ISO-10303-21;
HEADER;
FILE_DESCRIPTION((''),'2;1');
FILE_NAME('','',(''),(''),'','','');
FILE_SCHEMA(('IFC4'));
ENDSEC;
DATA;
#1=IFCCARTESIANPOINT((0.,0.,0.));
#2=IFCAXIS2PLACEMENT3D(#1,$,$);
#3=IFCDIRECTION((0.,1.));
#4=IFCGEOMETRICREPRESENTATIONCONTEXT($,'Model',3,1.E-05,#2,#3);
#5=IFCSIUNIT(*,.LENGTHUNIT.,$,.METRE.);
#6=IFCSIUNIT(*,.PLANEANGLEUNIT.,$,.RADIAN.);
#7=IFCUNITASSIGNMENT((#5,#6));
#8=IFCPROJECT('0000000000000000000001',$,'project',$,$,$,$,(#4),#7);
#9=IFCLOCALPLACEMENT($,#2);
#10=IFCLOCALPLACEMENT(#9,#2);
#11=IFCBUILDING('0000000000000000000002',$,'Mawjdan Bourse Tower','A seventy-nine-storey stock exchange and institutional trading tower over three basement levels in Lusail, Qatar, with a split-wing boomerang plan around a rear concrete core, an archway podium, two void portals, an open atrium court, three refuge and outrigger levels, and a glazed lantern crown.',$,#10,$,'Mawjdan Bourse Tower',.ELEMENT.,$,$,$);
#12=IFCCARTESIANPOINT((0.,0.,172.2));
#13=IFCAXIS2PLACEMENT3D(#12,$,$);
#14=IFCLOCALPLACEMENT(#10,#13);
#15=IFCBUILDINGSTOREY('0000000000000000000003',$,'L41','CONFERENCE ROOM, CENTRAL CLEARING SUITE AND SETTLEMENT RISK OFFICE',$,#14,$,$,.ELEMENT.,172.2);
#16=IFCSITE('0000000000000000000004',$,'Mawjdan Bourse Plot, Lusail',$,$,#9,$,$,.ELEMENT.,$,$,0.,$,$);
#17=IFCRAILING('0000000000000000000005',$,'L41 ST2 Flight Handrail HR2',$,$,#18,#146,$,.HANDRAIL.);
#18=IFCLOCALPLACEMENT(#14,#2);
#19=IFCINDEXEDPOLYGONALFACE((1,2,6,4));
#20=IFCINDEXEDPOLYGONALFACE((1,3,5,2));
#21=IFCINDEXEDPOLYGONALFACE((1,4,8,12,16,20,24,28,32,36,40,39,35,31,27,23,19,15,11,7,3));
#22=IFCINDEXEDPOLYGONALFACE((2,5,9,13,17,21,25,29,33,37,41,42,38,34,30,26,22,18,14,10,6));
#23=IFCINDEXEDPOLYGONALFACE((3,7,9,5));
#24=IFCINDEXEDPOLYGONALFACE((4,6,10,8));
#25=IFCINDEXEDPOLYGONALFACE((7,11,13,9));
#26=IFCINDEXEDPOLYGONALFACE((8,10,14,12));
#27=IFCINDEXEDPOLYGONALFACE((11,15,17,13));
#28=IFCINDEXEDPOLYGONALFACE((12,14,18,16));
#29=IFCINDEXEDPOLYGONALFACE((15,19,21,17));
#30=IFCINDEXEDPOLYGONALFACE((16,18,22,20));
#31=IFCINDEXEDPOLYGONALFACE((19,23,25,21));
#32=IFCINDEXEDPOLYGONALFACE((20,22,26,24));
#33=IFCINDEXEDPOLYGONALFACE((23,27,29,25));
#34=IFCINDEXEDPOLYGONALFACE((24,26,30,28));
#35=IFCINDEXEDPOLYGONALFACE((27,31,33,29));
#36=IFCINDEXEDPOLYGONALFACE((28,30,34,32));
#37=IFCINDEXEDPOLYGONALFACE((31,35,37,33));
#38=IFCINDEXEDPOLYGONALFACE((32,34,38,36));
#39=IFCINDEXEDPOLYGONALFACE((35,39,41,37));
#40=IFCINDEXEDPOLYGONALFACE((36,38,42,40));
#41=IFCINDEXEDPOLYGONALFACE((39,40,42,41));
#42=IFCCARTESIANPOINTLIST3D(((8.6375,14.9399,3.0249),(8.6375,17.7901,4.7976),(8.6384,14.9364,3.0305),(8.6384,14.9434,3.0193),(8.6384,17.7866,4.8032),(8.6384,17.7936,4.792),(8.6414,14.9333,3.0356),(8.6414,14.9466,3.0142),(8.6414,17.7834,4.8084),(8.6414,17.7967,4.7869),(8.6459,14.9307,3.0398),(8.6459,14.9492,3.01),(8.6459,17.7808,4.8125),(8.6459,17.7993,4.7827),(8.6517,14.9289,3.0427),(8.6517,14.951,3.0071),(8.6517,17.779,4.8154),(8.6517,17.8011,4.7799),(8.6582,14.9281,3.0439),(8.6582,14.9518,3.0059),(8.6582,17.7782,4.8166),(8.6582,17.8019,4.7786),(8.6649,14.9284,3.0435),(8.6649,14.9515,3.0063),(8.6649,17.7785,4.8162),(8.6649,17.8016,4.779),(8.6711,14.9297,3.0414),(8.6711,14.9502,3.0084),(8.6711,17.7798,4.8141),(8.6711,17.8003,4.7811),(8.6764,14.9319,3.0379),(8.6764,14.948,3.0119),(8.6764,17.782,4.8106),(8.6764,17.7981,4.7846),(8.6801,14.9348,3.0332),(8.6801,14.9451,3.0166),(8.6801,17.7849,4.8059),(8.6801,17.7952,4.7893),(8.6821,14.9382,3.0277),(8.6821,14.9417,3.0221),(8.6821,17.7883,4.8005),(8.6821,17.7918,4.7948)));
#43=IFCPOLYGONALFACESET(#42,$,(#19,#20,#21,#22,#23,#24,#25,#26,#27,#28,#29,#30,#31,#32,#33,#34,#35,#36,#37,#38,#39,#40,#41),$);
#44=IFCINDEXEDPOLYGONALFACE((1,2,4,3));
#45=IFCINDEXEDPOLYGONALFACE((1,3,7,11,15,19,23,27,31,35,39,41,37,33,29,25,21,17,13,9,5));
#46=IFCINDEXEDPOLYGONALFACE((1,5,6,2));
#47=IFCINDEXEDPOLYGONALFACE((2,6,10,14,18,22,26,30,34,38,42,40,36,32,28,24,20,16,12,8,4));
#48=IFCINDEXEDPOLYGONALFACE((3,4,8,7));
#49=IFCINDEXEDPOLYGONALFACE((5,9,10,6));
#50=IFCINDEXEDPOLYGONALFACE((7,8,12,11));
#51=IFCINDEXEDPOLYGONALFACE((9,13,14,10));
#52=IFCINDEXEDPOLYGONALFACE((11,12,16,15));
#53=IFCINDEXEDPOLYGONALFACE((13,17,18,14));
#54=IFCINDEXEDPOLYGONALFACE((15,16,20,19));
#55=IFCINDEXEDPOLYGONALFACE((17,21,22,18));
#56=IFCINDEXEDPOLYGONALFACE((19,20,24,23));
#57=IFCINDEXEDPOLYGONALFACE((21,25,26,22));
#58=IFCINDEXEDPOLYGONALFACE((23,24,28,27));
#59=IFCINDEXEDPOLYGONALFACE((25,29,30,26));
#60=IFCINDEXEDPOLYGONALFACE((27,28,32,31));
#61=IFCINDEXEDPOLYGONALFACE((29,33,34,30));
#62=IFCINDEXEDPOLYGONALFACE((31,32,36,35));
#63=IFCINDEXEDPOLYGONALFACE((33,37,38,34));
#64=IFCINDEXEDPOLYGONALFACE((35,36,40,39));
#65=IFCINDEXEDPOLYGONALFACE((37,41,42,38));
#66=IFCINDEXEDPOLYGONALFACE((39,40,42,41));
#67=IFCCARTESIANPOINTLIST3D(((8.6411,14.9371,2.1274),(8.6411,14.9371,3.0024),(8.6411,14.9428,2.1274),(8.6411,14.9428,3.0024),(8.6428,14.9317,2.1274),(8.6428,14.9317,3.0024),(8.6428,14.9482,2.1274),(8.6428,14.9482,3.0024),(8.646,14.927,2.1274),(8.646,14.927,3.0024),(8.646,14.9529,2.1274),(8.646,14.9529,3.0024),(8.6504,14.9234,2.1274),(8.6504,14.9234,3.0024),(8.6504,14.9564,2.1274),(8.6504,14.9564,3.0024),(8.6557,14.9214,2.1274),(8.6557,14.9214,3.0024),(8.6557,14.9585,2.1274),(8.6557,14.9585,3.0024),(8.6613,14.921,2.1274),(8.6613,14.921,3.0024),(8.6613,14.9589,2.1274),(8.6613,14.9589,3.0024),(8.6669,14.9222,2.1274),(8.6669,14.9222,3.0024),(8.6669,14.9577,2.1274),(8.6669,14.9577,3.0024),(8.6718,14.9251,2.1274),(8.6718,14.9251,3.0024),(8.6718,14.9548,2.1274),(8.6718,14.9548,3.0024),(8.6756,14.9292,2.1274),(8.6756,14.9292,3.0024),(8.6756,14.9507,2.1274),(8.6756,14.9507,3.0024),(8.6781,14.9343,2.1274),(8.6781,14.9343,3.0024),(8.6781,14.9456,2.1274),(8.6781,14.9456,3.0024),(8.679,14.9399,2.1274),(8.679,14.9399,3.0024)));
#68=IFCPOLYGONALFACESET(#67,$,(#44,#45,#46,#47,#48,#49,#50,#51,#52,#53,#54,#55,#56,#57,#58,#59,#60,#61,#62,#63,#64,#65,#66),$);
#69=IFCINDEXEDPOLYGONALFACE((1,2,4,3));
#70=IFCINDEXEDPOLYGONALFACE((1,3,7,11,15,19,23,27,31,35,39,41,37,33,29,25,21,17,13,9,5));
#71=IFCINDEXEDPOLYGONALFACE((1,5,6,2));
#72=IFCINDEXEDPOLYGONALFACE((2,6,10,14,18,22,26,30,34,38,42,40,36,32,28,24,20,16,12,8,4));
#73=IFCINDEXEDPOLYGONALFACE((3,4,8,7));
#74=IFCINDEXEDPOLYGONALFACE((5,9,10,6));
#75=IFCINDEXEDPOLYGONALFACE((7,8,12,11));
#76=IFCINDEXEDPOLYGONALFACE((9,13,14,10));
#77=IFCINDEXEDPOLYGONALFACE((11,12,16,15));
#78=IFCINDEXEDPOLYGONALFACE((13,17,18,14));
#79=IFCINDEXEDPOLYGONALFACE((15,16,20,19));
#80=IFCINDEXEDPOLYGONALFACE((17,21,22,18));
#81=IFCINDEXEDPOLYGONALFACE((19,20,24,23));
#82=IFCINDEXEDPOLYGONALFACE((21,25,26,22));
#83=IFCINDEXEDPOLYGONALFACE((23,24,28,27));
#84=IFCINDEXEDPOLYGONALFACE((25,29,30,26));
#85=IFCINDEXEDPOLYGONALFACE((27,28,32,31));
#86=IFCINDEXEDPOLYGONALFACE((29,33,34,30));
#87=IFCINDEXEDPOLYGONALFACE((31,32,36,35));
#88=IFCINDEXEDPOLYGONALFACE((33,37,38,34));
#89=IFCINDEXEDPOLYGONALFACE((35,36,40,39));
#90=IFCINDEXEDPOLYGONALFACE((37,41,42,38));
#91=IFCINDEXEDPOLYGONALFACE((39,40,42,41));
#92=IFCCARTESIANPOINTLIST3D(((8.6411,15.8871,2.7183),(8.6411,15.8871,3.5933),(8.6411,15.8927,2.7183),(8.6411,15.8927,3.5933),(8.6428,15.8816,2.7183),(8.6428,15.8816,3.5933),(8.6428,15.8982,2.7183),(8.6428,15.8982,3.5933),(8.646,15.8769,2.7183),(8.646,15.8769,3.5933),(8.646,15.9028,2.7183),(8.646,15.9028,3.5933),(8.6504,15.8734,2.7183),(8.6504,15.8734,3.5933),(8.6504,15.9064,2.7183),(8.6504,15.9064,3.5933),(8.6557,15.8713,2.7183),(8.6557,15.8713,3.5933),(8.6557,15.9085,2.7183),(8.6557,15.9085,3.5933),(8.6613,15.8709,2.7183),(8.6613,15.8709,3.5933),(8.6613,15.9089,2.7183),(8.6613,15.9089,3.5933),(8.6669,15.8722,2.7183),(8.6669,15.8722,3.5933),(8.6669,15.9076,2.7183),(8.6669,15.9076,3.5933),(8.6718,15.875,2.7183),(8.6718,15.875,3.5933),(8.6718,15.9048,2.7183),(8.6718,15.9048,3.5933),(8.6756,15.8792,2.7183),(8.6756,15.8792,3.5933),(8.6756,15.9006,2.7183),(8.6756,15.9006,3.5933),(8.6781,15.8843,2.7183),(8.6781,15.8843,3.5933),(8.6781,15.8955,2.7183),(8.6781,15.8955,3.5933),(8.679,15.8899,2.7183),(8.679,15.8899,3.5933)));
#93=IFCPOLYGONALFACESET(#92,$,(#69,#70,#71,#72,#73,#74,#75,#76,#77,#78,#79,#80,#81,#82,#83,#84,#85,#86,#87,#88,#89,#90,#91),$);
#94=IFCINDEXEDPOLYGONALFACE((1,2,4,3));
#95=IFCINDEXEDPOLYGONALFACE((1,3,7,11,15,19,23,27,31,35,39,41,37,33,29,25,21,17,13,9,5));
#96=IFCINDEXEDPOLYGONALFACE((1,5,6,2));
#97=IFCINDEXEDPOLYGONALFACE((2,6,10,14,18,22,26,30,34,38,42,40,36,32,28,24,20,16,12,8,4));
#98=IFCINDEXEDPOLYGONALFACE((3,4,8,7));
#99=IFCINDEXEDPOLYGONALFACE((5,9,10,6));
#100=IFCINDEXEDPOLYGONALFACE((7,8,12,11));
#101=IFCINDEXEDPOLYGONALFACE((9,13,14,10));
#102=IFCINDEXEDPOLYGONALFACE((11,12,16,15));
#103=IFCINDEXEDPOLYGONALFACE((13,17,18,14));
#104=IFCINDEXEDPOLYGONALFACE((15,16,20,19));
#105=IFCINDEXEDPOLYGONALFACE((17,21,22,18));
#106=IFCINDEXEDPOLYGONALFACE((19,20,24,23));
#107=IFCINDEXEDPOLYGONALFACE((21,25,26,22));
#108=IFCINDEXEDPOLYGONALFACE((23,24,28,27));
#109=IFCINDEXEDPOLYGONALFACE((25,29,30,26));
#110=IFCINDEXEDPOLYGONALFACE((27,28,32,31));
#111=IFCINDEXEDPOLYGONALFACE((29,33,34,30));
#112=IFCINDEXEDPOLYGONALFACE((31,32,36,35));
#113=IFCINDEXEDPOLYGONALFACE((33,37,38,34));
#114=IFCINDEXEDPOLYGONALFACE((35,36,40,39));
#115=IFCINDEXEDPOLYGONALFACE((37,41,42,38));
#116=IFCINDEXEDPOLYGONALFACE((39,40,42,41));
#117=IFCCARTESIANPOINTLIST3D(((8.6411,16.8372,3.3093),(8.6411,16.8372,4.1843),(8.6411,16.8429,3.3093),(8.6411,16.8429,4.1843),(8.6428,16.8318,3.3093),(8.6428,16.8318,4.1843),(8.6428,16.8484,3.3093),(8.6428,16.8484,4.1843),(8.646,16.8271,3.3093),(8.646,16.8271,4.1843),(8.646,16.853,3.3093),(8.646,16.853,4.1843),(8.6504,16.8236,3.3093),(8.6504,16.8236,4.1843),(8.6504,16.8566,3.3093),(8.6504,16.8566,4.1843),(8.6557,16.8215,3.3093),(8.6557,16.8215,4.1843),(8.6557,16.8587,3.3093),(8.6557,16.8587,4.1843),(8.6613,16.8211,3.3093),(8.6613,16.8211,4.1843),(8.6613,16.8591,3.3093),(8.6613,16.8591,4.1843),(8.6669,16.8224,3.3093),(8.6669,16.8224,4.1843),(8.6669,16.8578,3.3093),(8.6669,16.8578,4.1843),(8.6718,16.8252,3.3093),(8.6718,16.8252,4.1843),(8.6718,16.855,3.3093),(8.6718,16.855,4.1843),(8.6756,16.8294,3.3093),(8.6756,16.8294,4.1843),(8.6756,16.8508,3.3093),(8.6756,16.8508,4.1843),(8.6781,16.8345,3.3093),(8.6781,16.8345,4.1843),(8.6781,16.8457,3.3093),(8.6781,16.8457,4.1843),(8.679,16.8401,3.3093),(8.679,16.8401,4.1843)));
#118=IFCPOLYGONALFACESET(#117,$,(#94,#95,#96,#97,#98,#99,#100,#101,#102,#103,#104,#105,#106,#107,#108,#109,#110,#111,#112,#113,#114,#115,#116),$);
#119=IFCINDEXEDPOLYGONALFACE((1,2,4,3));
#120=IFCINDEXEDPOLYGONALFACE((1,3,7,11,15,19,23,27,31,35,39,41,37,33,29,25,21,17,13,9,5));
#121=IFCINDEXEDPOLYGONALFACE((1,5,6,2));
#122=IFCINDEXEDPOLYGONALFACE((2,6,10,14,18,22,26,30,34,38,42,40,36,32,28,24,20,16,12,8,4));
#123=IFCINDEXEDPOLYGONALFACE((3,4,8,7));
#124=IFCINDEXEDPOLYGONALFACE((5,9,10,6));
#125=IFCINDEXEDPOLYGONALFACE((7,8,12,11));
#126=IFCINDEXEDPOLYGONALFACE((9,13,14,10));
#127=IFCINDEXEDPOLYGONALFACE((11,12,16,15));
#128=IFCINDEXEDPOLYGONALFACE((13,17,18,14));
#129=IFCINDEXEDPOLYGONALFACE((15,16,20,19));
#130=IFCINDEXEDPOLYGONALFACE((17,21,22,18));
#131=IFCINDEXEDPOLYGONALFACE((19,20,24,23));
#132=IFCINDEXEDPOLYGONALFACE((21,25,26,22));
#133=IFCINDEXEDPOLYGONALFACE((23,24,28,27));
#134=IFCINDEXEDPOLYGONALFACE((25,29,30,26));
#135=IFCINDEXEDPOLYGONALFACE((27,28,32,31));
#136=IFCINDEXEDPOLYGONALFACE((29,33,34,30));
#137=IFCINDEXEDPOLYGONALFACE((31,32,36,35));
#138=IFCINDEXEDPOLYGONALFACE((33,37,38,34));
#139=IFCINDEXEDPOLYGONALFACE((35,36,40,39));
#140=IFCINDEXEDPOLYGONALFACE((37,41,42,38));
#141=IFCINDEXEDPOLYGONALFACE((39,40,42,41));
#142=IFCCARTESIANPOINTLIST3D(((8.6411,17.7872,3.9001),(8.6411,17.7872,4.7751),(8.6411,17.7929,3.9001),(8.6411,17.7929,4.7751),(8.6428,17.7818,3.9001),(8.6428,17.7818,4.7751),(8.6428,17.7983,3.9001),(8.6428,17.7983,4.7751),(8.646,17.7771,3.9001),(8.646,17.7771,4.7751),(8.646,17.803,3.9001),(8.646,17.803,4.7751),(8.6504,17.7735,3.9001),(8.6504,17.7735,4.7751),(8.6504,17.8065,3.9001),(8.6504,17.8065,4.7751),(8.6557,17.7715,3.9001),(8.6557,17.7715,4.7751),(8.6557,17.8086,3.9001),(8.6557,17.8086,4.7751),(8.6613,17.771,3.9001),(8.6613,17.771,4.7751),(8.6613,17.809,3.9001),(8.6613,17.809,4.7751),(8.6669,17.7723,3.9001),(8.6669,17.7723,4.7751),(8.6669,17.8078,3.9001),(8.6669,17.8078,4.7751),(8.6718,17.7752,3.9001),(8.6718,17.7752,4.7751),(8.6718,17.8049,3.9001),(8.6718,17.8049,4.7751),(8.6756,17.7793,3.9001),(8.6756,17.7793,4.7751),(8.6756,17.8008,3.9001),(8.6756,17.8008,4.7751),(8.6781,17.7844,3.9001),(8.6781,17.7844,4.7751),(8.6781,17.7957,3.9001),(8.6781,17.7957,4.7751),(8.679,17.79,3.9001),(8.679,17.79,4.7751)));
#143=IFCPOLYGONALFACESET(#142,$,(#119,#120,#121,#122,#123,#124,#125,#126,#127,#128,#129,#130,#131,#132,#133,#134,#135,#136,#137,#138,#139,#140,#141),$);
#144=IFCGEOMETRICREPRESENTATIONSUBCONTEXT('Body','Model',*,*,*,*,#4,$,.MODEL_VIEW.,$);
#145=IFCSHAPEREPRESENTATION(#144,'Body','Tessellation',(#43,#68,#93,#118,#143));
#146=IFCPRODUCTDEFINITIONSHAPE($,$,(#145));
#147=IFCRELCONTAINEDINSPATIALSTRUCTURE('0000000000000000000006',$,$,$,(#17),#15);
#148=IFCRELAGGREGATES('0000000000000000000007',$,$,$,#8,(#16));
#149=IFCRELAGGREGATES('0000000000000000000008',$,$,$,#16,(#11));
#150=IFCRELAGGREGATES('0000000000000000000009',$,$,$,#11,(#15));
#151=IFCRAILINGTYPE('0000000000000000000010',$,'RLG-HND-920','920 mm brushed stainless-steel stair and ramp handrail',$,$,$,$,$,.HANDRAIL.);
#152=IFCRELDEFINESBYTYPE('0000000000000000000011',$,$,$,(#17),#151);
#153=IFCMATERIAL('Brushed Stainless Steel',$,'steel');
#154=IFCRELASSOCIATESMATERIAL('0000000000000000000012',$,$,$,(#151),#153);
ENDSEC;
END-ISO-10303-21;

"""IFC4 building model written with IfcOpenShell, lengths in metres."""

from ifc_helpers import new_model, si_unit, direction, frame, origin, origin_2d, place, context, subcontext, project, spatial, circle, extrude, material, type_object, element, save


model = new_model("IFC4")

# Units and contexts
model_context = context("Model", 3, precision=1e-05, world=origin(), true_north=direction((0.0, 1.0)))
body_context = subcontext(model_context, "Body", "Model", "MODEL_VIEW")
ifc_project = project(units=[si_unit("LENGTHUNIT", "METRE"), si_unit("PLANEANGLEUNIT", "RADIAN")], contexts=[model_context])

# Site, building, storey
site_placement = place(None, origin())
site = spatial("IfcSite", under=ifc_project, at=site_placement, Name="Mawjdan Bourse Plot, Lusail", CompositionType="ELEMENT", RefElevation=0.0)
building_placement = place(site_placement, origin())
building = spatial("IfcBuilding", under=site, at=building_placement, Name="Mawjdan Bourse Tower", Description="A seventy-nine-storey stock exchange and institutional trading tower over three basement levels in Lusail, Qatar, with a split-wing boomerang plan around a rear concrete core, an archway podium, two void portals, an open atrium court, three refuge and outrigger levels, and a glazed lantern crown.", LongName="Mawjdan Bourse Tower", CompositionType="ELEMENT")
storey_placement = place(building_placement, frame((0.0, 0.0, 172.2)))
storey = spatial("IfcBuildingStorey", under=building, at=storey_placement, Name="L41", Description="CONFERENCE ROOM, CENTRAL CLEARING SUITE AND SETTLEMENT RISK OFFICE", CompositionType="ELEMENT", Elevation=172.2)

# Railing
ifc_material_1 = material(Name="Brushed Stainless Steel", Category="steel")
railing_type_1 = type_object("IfcRailingType", Name="RLG-HND-920", Description="920 mm brushed stainless-steel stair and ramp handrail", PredefinedType="HANDRAIL", material=ifc_material_1)
railing_1_placement = place(storey_placement, frame((8.6599, 14.9399, 2.1274)))
element("IfcRailing", 1, at=railing_1_placement, inside=storey, type_object=railing_type_1, Name="L41 ST2 Flight Handrail HR2", PredefinedType="HANDRAIL", context=body_context, shape_type="SweptSolid", body=[
    extrude(circle(Radius=0.0225, at=origin_2d()), frame((0.0, 0.0, 0.8975), z_axis=(0.0, 0.849149, 0.528154), x_axis=(-1.0, 0.0, 0.0)), (0.0, 0.0, 1.0), 3.3564),
    extrude(circle(Radius=0.019, at=origin_2d()), origin(), (0.0, 0.0, 1.0), 0.875),
    extrude(circle(Radius=0.019, at=origin_2d()), frame((0.0, 0.95, 0.5908)), (0.0, 0.0, 1.0), 0.875),
    extrude(circle(Radius=0.019, at=origin_2d()), frame((0.0, 1.9001, 1.1819)), (0.0, 0.0, 1.0), 0.875),
    extrude(circle(Radius=0.019, at=origin_2d()), frame((0.0, 2.8501, 1.7727)), (0.0, 0.0, 1.0), 0.875),
])

save(model, "model.ifc")
